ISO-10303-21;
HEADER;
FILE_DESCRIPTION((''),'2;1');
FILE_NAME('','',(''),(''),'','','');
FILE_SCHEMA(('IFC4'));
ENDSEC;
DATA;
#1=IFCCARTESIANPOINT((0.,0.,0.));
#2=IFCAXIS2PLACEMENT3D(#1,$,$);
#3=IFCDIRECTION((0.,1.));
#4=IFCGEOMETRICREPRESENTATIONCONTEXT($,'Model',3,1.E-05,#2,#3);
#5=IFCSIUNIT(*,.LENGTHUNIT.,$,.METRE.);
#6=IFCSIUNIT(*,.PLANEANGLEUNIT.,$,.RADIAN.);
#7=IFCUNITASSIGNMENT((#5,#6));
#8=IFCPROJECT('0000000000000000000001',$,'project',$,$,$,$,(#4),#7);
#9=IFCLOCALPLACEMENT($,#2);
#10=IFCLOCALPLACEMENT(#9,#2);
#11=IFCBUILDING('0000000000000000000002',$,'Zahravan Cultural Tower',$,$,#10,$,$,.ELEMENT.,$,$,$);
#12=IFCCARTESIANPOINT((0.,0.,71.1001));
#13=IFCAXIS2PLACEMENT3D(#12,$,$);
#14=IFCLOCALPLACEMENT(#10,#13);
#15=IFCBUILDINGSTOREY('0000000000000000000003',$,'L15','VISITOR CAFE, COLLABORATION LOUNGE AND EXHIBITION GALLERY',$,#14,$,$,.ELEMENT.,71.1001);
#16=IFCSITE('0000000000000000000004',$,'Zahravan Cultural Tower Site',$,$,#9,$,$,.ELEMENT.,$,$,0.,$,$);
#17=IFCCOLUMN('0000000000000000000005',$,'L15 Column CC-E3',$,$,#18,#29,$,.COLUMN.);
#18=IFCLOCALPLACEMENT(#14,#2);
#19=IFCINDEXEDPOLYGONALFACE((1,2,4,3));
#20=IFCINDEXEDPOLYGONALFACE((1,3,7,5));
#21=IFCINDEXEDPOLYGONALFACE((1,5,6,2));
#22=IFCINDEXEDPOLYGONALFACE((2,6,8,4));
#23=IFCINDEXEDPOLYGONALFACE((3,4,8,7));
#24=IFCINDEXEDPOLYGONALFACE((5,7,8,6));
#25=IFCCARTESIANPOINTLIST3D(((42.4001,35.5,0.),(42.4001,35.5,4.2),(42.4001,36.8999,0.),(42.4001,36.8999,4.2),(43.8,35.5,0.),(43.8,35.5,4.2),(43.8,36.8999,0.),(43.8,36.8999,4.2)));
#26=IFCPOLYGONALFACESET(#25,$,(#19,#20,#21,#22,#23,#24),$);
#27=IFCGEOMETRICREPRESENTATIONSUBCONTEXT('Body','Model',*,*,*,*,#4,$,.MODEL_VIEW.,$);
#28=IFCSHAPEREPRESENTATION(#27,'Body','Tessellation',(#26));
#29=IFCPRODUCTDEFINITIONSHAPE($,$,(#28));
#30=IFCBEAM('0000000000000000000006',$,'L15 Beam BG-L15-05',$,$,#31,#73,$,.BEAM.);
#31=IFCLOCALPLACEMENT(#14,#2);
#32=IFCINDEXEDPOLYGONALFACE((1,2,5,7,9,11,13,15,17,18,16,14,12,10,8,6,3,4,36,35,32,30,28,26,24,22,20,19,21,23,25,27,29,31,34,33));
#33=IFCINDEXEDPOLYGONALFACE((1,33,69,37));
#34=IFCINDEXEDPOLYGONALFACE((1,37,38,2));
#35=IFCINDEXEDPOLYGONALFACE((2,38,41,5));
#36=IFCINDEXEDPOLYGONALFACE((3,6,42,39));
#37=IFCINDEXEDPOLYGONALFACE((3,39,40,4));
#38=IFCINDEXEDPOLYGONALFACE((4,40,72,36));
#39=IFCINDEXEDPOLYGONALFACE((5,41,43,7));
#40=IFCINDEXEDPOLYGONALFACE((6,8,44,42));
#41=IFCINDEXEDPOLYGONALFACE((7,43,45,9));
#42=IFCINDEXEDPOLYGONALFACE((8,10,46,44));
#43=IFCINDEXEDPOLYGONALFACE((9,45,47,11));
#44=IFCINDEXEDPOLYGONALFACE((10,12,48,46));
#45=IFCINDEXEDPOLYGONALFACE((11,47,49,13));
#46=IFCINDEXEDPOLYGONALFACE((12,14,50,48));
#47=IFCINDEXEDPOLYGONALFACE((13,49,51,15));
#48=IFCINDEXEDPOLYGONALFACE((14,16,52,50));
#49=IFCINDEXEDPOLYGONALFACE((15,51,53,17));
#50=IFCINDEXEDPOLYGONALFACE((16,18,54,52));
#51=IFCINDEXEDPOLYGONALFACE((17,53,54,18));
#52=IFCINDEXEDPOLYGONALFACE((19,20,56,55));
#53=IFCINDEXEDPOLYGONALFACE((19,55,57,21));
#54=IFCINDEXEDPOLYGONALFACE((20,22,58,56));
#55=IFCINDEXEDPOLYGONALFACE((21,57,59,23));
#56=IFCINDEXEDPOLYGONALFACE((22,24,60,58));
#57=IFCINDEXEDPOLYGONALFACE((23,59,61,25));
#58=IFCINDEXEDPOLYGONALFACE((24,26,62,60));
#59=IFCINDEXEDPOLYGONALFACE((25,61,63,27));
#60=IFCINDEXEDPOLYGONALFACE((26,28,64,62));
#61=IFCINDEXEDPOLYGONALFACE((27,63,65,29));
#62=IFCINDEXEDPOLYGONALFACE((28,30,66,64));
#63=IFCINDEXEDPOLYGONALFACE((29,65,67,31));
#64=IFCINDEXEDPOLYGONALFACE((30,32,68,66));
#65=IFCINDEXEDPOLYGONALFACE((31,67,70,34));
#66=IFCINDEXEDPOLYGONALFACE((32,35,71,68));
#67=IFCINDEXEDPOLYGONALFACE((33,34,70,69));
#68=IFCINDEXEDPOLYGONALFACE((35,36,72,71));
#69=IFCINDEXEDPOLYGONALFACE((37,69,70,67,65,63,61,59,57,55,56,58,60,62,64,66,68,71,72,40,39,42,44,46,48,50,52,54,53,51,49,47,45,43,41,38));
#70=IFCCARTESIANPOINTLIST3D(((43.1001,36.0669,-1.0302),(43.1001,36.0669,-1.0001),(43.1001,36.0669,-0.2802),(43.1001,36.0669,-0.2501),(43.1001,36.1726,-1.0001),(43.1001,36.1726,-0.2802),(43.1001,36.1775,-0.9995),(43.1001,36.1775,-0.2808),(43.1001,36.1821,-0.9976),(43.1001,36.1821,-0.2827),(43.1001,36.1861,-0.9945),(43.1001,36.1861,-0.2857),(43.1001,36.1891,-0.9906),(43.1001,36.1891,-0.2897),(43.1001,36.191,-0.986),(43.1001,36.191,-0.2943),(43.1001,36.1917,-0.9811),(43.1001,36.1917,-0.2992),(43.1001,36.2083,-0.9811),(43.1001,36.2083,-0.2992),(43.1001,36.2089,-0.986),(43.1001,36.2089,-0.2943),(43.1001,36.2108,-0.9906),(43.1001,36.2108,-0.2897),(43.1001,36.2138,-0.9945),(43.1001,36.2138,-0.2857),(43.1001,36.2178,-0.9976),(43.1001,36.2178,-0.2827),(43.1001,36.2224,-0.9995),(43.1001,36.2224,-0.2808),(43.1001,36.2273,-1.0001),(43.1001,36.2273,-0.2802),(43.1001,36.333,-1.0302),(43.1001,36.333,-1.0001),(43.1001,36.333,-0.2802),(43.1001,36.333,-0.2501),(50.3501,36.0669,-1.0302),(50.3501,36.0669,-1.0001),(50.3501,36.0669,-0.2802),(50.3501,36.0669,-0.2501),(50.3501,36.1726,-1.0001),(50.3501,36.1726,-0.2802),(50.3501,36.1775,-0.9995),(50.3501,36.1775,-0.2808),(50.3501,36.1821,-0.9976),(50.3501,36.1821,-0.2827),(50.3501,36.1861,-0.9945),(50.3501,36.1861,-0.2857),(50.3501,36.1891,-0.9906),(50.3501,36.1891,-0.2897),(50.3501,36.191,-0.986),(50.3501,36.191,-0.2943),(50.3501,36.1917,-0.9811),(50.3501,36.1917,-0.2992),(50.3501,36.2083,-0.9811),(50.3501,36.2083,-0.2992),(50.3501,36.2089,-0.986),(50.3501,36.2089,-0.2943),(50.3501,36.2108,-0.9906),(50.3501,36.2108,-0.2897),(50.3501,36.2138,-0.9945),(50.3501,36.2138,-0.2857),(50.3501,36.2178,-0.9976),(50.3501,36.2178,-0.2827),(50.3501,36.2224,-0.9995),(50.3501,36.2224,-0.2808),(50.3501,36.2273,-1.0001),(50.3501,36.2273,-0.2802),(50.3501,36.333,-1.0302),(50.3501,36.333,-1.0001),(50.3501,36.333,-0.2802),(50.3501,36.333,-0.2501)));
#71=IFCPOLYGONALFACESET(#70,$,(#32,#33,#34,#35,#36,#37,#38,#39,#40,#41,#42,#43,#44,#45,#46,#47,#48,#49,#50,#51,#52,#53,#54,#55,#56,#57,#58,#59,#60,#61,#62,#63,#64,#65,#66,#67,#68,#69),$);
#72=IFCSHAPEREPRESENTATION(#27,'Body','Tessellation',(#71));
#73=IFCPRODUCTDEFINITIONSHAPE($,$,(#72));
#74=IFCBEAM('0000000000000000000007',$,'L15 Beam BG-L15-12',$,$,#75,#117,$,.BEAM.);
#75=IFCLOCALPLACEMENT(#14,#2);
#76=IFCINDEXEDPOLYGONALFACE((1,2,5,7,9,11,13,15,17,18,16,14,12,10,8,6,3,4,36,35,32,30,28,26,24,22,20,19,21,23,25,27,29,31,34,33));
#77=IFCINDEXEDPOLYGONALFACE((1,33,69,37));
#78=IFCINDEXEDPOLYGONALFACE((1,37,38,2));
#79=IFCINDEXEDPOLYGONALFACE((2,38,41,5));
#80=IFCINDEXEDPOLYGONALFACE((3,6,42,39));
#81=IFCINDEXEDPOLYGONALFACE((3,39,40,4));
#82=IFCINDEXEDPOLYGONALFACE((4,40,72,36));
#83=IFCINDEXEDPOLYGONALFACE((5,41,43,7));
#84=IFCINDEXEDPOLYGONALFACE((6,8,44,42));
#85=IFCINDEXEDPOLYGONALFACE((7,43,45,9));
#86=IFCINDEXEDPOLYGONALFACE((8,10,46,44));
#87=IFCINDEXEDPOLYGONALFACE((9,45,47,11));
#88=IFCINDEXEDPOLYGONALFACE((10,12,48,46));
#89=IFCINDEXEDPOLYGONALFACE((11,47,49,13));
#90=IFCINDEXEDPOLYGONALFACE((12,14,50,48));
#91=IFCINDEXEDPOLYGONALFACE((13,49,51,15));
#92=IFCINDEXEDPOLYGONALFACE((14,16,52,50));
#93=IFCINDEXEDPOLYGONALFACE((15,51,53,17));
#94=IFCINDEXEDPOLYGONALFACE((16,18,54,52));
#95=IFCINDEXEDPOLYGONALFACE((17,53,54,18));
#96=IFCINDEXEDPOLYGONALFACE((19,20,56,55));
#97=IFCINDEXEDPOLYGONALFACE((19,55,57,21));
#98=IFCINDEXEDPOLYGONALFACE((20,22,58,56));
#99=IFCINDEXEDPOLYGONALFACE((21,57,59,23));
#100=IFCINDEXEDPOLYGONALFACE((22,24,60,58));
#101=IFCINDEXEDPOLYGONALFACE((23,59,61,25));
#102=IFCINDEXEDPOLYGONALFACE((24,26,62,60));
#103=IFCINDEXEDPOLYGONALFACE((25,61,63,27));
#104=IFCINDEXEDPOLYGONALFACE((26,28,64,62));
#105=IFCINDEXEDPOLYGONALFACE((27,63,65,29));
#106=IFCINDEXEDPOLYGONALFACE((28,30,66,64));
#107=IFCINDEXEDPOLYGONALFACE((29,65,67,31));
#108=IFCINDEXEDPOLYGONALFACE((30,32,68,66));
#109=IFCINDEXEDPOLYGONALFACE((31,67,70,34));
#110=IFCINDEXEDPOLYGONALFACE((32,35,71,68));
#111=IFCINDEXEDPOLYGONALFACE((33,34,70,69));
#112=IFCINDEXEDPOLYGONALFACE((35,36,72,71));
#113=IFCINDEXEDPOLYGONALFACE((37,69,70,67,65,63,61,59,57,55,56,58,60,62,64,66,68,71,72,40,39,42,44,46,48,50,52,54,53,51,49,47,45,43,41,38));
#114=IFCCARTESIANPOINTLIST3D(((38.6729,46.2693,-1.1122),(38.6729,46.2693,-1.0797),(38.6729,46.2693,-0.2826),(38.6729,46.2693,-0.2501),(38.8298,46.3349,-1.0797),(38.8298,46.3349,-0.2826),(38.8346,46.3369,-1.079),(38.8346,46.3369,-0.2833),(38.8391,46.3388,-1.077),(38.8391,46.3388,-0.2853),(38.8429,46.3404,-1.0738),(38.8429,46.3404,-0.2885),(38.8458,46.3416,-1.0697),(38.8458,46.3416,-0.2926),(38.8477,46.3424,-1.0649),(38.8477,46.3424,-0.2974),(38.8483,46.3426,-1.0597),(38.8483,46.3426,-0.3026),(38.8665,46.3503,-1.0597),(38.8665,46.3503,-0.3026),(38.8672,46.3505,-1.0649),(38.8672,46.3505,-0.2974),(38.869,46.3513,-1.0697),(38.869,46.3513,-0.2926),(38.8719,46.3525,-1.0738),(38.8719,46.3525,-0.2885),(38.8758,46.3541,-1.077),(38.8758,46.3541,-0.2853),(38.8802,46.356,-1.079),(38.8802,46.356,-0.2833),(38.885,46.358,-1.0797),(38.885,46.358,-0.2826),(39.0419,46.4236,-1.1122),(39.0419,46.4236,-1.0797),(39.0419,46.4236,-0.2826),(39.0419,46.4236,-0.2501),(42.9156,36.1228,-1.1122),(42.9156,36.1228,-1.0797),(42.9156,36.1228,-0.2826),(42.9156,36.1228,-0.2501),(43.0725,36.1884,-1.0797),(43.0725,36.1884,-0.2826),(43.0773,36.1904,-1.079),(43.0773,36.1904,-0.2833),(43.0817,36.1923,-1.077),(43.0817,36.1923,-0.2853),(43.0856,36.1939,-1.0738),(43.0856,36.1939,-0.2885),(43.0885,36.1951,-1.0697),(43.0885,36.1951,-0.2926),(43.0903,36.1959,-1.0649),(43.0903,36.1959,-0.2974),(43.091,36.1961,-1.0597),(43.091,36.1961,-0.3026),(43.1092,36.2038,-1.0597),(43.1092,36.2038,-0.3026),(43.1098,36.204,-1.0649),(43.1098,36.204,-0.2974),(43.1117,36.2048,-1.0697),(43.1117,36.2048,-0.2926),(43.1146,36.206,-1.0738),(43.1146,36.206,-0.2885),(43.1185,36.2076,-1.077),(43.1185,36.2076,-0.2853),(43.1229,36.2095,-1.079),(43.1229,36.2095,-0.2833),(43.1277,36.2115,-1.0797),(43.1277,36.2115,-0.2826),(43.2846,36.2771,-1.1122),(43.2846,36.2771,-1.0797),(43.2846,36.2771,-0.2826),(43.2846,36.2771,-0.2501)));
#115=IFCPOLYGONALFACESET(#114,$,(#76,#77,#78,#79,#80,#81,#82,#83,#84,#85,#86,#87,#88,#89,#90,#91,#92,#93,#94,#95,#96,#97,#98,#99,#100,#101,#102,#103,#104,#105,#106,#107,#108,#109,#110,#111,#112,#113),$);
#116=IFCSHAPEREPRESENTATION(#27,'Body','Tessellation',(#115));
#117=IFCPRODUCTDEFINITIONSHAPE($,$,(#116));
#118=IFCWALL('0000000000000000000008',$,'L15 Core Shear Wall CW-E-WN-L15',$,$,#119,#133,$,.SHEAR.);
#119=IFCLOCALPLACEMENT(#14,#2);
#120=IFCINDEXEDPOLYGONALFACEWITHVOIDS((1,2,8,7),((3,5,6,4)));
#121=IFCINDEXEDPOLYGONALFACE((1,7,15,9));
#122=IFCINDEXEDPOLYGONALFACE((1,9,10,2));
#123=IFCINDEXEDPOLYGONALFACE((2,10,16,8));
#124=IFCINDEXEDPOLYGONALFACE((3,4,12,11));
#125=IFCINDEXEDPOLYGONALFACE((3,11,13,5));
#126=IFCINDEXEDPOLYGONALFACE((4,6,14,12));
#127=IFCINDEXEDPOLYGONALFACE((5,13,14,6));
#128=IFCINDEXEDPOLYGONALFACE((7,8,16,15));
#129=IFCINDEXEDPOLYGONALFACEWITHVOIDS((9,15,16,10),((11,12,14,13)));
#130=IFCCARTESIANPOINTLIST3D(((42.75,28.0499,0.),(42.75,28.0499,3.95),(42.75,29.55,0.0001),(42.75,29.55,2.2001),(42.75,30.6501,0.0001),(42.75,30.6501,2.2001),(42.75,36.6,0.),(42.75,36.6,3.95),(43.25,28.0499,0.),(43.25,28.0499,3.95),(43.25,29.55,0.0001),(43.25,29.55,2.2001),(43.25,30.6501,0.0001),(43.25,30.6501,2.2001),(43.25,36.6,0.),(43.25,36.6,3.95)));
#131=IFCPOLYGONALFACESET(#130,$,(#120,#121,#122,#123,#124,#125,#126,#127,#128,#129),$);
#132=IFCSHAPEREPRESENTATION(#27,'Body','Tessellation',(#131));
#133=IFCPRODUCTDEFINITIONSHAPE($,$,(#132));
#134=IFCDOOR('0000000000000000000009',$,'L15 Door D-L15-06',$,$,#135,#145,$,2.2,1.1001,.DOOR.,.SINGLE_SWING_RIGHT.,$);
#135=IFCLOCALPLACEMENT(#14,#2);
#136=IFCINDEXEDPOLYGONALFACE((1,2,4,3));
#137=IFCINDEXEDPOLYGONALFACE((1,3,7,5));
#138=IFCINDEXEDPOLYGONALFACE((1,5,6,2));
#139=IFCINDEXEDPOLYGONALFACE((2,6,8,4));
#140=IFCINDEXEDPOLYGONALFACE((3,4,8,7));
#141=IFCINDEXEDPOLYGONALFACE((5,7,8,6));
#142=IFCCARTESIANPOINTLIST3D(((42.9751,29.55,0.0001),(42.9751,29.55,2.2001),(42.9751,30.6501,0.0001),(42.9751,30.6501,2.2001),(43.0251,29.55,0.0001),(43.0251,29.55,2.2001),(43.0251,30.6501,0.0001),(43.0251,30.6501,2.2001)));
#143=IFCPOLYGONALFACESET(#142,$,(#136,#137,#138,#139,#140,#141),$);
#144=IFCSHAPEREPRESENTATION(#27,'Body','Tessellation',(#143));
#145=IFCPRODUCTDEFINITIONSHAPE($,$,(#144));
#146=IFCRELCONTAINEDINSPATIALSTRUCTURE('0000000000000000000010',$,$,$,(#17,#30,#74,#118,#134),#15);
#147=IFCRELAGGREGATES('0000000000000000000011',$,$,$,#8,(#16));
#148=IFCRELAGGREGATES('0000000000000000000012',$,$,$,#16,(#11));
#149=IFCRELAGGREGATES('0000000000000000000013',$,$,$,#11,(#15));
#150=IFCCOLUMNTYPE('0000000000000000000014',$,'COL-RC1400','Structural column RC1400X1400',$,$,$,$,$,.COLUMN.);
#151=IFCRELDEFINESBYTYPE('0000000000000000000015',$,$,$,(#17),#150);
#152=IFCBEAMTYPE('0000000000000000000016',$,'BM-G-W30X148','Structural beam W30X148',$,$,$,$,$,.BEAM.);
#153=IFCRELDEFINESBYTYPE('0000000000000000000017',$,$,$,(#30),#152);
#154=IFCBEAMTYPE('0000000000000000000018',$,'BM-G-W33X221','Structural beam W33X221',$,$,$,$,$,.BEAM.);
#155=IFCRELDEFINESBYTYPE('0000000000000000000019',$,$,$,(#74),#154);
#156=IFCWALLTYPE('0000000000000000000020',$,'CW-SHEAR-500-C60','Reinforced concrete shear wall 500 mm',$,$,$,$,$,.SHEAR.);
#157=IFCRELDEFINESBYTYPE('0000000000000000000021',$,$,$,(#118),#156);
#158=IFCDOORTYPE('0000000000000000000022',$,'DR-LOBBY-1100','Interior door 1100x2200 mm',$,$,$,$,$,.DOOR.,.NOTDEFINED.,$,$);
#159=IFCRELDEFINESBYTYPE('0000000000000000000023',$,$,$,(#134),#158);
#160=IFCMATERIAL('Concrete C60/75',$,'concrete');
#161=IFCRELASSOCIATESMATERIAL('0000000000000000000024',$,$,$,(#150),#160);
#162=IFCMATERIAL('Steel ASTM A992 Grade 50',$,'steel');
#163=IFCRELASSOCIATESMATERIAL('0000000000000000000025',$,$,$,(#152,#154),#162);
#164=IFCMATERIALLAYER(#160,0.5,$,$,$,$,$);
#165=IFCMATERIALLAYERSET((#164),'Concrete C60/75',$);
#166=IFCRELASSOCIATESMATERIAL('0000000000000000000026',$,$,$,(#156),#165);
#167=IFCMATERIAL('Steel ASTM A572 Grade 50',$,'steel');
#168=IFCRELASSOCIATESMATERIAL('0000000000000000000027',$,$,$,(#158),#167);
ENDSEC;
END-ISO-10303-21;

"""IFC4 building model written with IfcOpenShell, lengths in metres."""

from ifc_helpers import new_model, si_unit, direction, frame, frame_2d, origin, origin_2d, place, context, subcontext, project, spatial, rectangle, i_section, extrude, source, transform, mapped, material, layer, layer_set, material_profile, profile_set, type_object, element, fill, save


model = new_model("IFC4")

# Units and contexts
model_context = context("Model", 3, precision=1e-05, world=origin(), true_north=direction((0.0, 1.0)))
body_context = subcontext(model_context, "Body", "Model", "MODEL_VIEW")
ifc_project = project(units=[si_unit("LENGTHUNIT", "METRE"), si_unit("PLANEANGLEUNIT", "RADIAN")], contexts=[model_context])

# Site, building, storey
site_placement = place(None, origin())
site = spatial("IfcSite", under=ifc_project, at=site_placement, Name="Zahravan Cultural Tower Site", CompositionType="ELEMENT", RefElevation=0.0)
building_placement = place(site_placement, origin())
building = spatial("IfcBuilding", under=site, at=building_placement, Name="Zahravan Cultural Tower", CompositionType="ELEMENT")
storey_placement = place(building_placement, frame((0.0, 0.0, 71.1001)))
storey = spatial("IfcBuildingStorey", under=building, at=storey_placement, Name="L15", Description="VISITOR CAFE, COLLABORATION LOUNGE AND EXHIBITION GALLERY", CompositionType="ELEMENT", Elevation=71.1001)

# Column
ifc_material_1 = material(Name="Concrete C60/75", Category="concrete")
ifc_material_profile_1 = material_profile(ifc_material_1, rectangle(XDim=1.3999, YDim=1.3999, at=origin_2d()), Name="RC1400X1400")
ifc_profile_set_1 = profile_set([ifc_material_profile_1], Name="Concrete C60/75")
column_type = type_object("IfcColumnType", Name="COL-RC1400", Description="Structural column RC1400X1400", PredefinedType="COLUMN", material=ifc_profile_set_1)
shared_shape_1 = source(origin(), body_context, "Body", "SweptSolid", [
    extrude(rectangle(XDim=1.3999, YDim=1.3999, at=origin_2d()), origin(), (0.0, 0.0, 1.0), 4.2),
])
column_placement = place(storey_placement, frame((43.1001, 36.2, 0.0), z_axis=(0.0, 0.0, 1.0), x_axis=(1.0, 0.0, 0.0)))
element("IfcColumn", 1, at=column_placement, inside=storey, type_object=column_type, Name="L15 Column CC-E3", PredefinedType="COLUMN", context=body_context, shape_type="MappedRepresentation", body=[
    mapped(shared_shape_1, transform((0.0, 0.0, 0.0), x_axis=(1.0, 0.0, 0.0), y_axis=(0.0, 1.0, 0.0), z_axis=(0.0, 0.0, 1.0), scale=1.0)),
])

# Beams
ifc_material_2 = material(Name="Steel ASTM A992 Grade 50", Category="steel")
ifc_material_profile_2 = material_profile(ifc_material_2, i_section(OverallWidth=0.2661, OverallDepth=0.78, WebThickness=0.0166, FlangeThickness=0.03, FilletRadius=0.019, at=origin_2d()), Name="W30X148")
ifc_profile_set_2 = profile_set([ifc_material_profile_2], Name="Steel ASTM A992 Grade 50")
beam_type_1 = type_object("IfcBeamType", Name="BM-G-W30X148", Description="Structural beam W30X148", PredefinedType="BEAM", material=ifc_profile_set_2)
shared_shape_2 = source(origin(), body_context, "Body", "SweptSolid", [
    extrude(i_section(OverallWidth=0.2661, OverallDepth=0.78, WebThickness=0.0166, FlangeThickness=0.03, FilletRadius=0.019, at=origin_2d()), origin(), (0.0, 0.0, 1.0), 7.25),
])
beam_1_placement = place(storey_placement, frame((43.1001, 36.2, -0.6401), z_axis=(1.0, 0.0, 0.0), x_axis=(0.0, 1.0, 0.0)))
element("IfcBeam", 2, at=beam_1_placement, inside=storey, type_object=beam_type_1, Name="L15 Beam BG-L15-05", PredefinedType="BEAM", context=body_context, shape_type="MappedRepresentation", body=[
    mapped(shared_shape_2, transform((0.0, 0.0, 0.0), x_axis=(1.0, 0.0, 0.0), y_axis=(0.0, 1.0, 0.0), z_axis=(0.0, 0.0, 1.0), scale=1.0)),
])
ifc_material_profile_3 = material_profile(ifc_material_2, i_section(OverallWidth=0.3999, OverallDepth=0.8621, WebThickness=0.0198, FlangeThickness=0.0325, FilletRadius=0.02, at=origin_2d()), Name="W33X221")
ifc_profile_set_3 = profile_set([ifc_material_profile_3], Name="Steel ASTM A992 Grade 50")
beam_type_2 = type_object("IfcBeamType", Name="BM-G-W33X221", Description="Structural beam W33X221", PredefinedType="BEAM", material=ifc_profile_set_3)
shared_shape_3 = source(origin(), body_context, "Body", "SweptSolid", [
    extrude(i_section(OverallWidth=0.3999, OverallDepth=0.8621, WebThickness=0.0198, FlangeThickness=0.0325, FilletRadius=0.02, at=origin_2d()), origin(), (0.0, 0.0, 1.0), 10.9978),
])
beam_2_placement = place(storey_placement, frame((43.1001, 36.2, -0.6812), z_axis=(-0.385775, 0.922593, 0.0), x_axis=(-0.922593, -0.385775, 0.0)))
element("IfcBeam", 3, at=beam_2_placement, inside=storey, type_object=beam_type_2, Name="L15 Beam BG-L15-12", PredefinedType="BEAM", context=body_context, shape_type="MappedRepresentation", body=[
    mapped(shared_shape_3, transform((0.0, 0.0, 0.0), x_axis=(1.0, 0.0, 0.0), y_axis=(0.0, 1.0, 0.0), z_axis=(0.0, 0.0, 1.0), scale=1.0)),
])

# Wall, opening, door
ifc_layer_1 = layer(ifc_material_1, 0.5)
ifc_layer_set_1 = layer_set([ifc_layer_1], Name="Concrete C60/75")
wall_type_1 = type_object("IfcWallType", Name="CW-SHEAR-500-C60", Description="Reinforced concrete shear wall 500 mm", PredefinedType="SHEAR", material=ifc_layer_set_1)
wall_1_placement = place(storey_placement, frame((43.0, 28.05, 0.0), z_axis=(0.0, 0.0, 1.0), x_axis=(0.0, 1.0, 0.0)))
wall_1 = element("IfcWall", 4, at=wall_1_placement, inside=storey, type_object=wall_type_1, Name="L15 Core Shear Wall CW-E-WN-L15", PredefinedType="SHEAR", context=body_context, shape_type="SweptSolid", body=[
    extrude(rectangle(XDim=8.55, YDim=0.5, at=frame_2d((4.2749, 0.0))), origin(), (0.0, 0.0, 1.0), 3.95),
])
opening_1_placement = place(wall_1_placement, frame((1.5, 0.0, 0.0)))
opening_1 = element("IfcOpeningElement", 5, at=opening_1_placement, cuts=wall_1, PredefinedType="OPENING", context=body_context, shape_type="SweptSolid", body=[
    extrude(rectangle(XDim=1.1001, YDim=2.2, at=frame_2d((0.55, 1.1001))), frame((0.0, 0.26, 0.0), z_axis=(0.0, -1.0, 0.0), x_axis=(1.0, 0.0, 0.0)), (0.0, 0.0, 1.0), 0.52),
])
ifc_material_3 = material(Name="Steel ASTM A572 Grade 50", Category="steel")
door_type_1 = type_object("IfcDoorType", Name="DR-LOBBY-1100", Description="Interior door 1100x2200 mm", OperationType="NOTDEFINED", PredefinedType="DOOR", material=ifc_material_3)
shared_shape_4 = source(origin(), body_context, "Body", "SweptSolid", [
    extrude(rectangle(XDim=1.1001, YDim=2.2, at=frame_2d((0.55, 1.1001))), frame((0.0, 0.0249, 0.0), z_axis=(0.0, -1.0, 0.0), x_axis=(1.0, 0.0, 0.0)), (0.0, 0.0, 1.0), 0.05),
])
door_1_placement = place(opening_1_placement, origin())
door_1 = element("IfcDoor", 6, at=door_1_placement, inside=storey, type_object=door_type_1, Name="L15 Door D-L15-06", OperationType="SINGLE_SWING_RIGHT", OverallHeight=2.2, OverallWidth=1.1001, PredefinedType="DOOR", context=body_context, shape_type="MappedRepresentation", body=[
    mapped(shared_shape_4, transform((0.0, 0.0, 0.0), x_axis=(1.0, 0.0, 0.0), y_axis=(0.0, 1.0, 0.0), z_axis=(0.0, 0.0, 1.0), scale=1.0)),
])
fill(opening_1, door_1)

save(model, "model.ifc")
